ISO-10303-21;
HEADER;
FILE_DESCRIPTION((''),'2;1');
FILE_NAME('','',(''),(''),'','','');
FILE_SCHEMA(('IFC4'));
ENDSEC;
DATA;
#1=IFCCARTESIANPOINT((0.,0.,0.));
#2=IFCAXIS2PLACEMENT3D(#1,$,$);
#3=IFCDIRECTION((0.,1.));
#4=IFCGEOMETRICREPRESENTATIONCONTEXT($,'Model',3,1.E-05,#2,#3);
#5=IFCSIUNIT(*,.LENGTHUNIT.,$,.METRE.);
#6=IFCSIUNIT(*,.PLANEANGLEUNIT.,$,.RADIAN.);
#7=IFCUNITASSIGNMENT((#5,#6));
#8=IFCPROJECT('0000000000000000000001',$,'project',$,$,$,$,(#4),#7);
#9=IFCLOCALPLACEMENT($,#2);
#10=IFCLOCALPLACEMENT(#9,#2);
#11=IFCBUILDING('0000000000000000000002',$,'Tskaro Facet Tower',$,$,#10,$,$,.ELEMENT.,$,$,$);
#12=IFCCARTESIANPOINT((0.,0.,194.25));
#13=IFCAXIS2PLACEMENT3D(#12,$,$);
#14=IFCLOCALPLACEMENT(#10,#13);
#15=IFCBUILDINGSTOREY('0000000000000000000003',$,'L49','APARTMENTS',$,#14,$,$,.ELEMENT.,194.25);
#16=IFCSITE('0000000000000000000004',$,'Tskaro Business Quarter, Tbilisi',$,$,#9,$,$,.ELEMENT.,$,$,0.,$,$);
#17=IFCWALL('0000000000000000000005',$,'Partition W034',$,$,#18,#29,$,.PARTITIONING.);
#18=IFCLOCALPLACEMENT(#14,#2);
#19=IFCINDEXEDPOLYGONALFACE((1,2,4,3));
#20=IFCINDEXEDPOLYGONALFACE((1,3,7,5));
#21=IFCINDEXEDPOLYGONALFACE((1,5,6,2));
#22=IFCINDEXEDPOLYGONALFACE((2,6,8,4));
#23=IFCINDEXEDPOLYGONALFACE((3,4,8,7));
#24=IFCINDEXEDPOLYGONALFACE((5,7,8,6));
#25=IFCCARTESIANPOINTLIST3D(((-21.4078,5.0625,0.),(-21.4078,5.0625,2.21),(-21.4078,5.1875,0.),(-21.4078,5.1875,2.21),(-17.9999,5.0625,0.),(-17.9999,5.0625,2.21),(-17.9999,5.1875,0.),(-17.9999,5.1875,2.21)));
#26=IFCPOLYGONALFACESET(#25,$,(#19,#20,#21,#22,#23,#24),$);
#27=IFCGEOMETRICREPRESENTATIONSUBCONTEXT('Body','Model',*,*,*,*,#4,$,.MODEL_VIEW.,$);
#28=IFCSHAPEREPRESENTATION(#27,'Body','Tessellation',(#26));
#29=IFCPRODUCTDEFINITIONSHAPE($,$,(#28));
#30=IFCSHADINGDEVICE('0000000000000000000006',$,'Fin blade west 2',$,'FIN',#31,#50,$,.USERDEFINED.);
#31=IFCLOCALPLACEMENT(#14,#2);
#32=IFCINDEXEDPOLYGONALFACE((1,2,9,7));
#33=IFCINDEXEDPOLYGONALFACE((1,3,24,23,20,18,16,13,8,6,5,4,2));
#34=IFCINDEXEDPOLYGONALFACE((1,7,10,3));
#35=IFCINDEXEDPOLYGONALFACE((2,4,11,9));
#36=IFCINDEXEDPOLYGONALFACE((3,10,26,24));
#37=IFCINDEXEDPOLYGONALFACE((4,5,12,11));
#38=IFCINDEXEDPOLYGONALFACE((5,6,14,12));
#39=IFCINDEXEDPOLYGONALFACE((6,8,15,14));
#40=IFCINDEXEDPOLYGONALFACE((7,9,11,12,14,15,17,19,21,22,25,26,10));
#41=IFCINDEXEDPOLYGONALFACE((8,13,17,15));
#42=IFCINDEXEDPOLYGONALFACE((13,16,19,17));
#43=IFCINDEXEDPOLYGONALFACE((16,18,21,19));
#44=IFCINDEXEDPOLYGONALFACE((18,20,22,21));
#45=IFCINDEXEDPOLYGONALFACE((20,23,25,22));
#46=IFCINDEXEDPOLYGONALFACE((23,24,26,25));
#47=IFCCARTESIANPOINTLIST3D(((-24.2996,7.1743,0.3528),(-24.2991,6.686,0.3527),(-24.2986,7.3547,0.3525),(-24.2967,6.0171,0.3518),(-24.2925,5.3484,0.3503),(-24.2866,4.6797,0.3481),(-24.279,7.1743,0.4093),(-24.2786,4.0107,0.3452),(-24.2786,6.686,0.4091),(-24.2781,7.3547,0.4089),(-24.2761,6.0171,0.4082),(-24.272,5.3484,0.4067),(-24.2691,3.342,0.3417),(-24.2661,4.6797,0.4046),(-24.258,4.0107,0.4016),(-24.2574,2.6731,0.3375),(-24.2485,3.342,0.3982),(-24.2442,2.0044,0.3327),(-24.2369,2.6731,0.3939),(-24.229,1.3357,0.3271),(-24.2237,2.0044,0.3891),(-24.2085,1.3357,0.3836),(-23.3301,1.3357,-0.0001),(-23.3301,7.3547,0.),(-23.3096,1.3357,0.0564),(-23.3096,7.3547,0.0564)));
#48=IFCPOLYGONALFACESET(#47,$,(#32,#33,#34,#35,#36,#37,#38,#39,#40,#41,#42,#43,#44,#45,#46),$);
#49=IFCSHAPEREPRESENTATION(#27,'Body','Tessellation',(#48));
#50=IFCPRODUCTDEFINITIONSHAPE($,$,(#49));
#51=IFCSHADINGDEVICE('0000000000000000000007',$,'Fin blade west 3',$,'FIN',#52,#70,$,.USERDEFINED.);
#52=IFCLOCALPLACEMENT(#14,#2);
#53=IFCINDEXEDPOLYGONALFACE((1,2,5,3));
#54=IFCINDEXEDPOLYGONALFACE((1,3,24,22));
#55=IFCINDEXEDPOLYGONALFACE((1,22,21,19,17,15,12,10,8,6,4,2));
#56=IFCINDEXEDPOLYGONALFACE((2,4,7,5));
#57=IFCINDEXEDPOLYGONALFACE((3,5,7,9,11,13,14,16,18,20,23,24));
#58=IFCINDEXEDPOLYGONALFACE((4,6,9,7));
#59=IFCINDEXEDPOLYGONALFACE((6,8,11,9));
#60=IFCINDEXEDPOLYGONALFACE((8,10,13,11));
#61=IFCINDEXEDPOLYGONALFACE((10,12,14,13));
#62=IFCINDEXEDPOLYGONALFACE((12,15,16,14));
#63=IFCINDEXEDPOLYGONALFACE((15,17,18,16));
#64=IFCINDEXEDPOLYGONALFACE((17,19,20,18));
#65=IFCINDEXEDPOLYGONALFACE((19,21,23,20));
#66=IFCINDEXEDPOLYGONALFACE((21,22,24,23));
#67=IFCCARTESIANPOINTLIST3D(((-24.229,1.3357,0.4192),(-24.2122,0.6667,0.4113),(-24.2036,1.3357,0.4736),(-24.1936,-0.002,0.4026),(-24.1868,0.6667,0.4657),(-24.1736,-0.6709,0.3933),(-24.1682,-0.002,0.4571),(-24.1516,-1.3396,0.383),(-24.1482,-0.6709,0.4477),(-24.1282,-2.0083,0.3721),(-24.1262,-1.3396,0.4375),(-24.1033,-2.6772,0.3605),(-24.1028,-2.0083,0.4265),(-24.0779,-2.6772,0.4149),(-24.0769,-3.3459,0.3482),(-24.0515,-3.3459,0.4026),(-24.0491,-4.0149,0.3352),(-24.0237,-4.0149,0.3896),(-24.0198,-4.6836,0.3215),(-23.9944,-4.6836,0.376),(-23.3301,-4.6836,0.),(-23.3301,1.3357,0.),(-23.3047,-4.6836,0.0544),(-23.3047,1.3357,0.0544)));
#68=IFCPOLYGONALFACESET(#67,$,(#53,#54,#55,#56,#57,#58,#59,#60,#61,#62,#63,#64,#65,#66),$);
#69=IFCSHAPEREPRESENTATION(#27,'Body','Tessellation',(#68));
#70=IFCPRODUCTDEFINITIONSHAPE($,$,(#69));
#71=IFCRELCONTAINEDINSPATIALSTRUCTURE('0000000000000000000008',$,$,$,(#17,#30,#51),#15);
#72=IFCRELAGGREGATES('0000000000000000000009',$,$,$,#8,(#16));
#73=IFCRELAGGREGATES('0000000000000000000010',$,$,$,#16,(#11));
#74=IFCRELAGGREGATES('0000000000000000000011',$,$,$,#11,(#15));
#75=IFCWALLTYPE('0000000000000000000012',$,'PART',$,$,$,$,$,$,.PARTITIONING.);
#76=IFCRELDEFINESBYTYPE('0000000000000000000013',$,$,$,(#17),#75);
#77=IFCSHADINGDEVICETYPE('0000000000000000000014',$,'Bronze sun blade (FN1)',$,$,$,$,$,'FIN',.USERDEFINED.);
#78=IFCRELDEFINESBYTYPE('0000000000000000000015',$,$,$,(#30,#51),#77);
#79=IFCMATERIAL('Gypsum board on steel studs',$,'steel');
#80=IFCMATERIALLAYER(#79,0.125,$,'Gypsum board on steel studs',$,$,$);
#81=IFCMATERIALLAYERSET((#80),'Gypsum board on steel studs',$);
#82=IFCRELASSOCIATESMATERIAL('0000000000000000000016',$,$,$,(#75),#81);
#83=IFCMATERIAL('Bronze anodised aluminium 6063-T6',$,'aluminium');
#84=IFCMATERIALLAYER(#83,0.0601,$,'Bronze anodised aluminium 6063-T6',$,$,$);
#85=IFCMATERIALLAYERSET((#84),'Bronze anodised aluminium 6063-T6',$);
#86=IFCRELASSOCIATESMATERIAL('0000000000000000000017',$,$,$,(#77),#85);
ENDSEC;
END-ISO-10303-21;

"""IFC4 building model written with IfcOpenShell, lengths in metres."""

from ifc_helpers import new_model, si_unit, direction, frame, frame_2d, origin, place, context, subcontext, project, spatial, polyline, rectangle, outline, extrude, material, layer, layer_set, type_object, element, save


model = new_model("IFC4")

# Units and contexts
model_context = context("Model", 3, precision=1e-05, world=origin(), true_north=direction((0.0, 1.0)))
body_context = subcontext(model_context, "Body", "Model", "MODEL_VIEW")
ifc_project = project(units=[si_unit("LENGTHUNIT", "METRE"), si_unit("PLANEANGLEUNIT", "RADIAN")], contexts=[model_context])

# Site, building, storey
site_placement = place(None, origin())
site = spatial("IfcSite", under=ifc_project, at=site_placement, Name="Tskaro Business Quarter, Tbilisi", CompositionType="ELEMENT", RefElevation=0.0)
building_placement = place(site_placement, origin())
building = spatial("IfcBuilding", under=site, at=building_placement, Name="Tskaro Facet Tower", CompositionType="ELEMENT")
storey_placement = place(building_placement, frame((0.0, 0.0, 194.25)))
storey = spatial("IfcBuildingStorey", under=building, at=storey_placement, Name="L49", Description="APARTMENTS", CompositionType="ELEMENT", Elevation=194.25)

# Shared definitions
ifc_material_1 = material(Name="Bronze anodised aluminium 6063-T6", Category="aluminium")

# Shared definitions
ifc_material_2 = material(Name="Gypsum board on steel studs", Category="steel")
ifc_layer_1 = layer(ifc_material_2, 0.125, Name="Gypsum board on steel studs")
ifc_layer_set_1 = layer_set([ifc_layer_1], Name="Gypsum board on steel studs")
wall_type = type_object("IfcWallType", Name="PART", PredefinedType="PARTITIONING", material=ifc_layer_set_1)

# Wall
wall_1_placement = place(storey_placement, frame((-21.408, 5.125, 0.0), z_axis=(0.0, 0.0, 1.0), x_axis=(1.0, 0.0, 0.0)))
element("IfcWall", 1, at=wall_1_placement, inside=storey, type_object=wall_type, Name="Partition W034", PredefinedType="PARTITIONING", context=body_context, shape_type="SweptSolid", body=[
    extrude(rectangle(XDim=3.408, YDim=0.125, at=frame_2d((1.7041, 0.0))), origin(), (0.0, 0.0, 1.0), 2.21),
])

# Shading devices
ifc_layer_2 = layer(ifc_material_1, 0.0601, Name="Bronze anodised aluminium 6063-T6")
ifc_layer_set_2 = layer_set([ifc_layer_2], Name="Bronze anodised aluminium 6063-T6")
shading_device_type = type_object("IfcShadingDeviceType", Name="Bronze sun blade (FN1)", ElementType="FIN", PredefinedType="USERDEFINED", material=ifc_layer_set_2)
shading_device_1_placement = place(storey_placement, frame((-23.3096, 7.3547, 0.0564), z_axis=(0.342055, -0.000004, 0.93968), x_axis=(-0.000002, -1.0, -0.000004)))
element("IfcShadingDevice", 2, at=shading_device_1_placement, inside=storey, type_object=shading_device_type, Name="Fin blade west 2", ObjectType="FIN", PredefinedType="USERDEFINED", context=body_context, shape_type="SweptSolid", body=[
    extrude(outline(polyline([(0.0, 0.0), (6.019, 0.0), (6.019, -0.9566), (5.3503, -0.9727), (4.6816, -0.9868), (4.0127, -0.9992), (3.344, -1.0094), (2.675, -1.0179), (2.0063, -1.0242), (1.3376, -1.0286), (0.6687, -1.0312), (0.1804, -1.0317), (0.0, -1.0307), (0.0, 0.0)])), origin(), (0.0, 0.0, -1.0), 0.0601),
])
shading_device_2_placement = place(storey_placement, frame((-23.3047, 1.3357, 0.0544), z_axis=(0.422585, -0.000008, 0.906323), x_axis=(-0.000003, -1.0, -0.000007)))
element("IfcShadingDevice", 3, at=shading_device_2_placement, inside=storey, type_object=shading_device_type, Name="Fin blade west 3", ObjectType="FIN", PredefinedType="USERDEFINED", context=body_context, shape_type="SweptSolid", body=[
    extrude(outline(polyline([(0.0, 0.0), (6.0193, 0.0), (6.0193, -0.761), (5.3506, -0.7933), (4.6816, -0.824), (4.0129, -0.8531), (3.344, -0.8806), (2.6753, -0.9064), (2.0066, -0.9307), (1.3376, -0.9528), (0.6689, -0.9733), (0.0, -0.9919), (0.0, 0.0)])), origin(), (0.0, 0.0, -1.0), 0.0601),
])

save(model, "model.ifc")
